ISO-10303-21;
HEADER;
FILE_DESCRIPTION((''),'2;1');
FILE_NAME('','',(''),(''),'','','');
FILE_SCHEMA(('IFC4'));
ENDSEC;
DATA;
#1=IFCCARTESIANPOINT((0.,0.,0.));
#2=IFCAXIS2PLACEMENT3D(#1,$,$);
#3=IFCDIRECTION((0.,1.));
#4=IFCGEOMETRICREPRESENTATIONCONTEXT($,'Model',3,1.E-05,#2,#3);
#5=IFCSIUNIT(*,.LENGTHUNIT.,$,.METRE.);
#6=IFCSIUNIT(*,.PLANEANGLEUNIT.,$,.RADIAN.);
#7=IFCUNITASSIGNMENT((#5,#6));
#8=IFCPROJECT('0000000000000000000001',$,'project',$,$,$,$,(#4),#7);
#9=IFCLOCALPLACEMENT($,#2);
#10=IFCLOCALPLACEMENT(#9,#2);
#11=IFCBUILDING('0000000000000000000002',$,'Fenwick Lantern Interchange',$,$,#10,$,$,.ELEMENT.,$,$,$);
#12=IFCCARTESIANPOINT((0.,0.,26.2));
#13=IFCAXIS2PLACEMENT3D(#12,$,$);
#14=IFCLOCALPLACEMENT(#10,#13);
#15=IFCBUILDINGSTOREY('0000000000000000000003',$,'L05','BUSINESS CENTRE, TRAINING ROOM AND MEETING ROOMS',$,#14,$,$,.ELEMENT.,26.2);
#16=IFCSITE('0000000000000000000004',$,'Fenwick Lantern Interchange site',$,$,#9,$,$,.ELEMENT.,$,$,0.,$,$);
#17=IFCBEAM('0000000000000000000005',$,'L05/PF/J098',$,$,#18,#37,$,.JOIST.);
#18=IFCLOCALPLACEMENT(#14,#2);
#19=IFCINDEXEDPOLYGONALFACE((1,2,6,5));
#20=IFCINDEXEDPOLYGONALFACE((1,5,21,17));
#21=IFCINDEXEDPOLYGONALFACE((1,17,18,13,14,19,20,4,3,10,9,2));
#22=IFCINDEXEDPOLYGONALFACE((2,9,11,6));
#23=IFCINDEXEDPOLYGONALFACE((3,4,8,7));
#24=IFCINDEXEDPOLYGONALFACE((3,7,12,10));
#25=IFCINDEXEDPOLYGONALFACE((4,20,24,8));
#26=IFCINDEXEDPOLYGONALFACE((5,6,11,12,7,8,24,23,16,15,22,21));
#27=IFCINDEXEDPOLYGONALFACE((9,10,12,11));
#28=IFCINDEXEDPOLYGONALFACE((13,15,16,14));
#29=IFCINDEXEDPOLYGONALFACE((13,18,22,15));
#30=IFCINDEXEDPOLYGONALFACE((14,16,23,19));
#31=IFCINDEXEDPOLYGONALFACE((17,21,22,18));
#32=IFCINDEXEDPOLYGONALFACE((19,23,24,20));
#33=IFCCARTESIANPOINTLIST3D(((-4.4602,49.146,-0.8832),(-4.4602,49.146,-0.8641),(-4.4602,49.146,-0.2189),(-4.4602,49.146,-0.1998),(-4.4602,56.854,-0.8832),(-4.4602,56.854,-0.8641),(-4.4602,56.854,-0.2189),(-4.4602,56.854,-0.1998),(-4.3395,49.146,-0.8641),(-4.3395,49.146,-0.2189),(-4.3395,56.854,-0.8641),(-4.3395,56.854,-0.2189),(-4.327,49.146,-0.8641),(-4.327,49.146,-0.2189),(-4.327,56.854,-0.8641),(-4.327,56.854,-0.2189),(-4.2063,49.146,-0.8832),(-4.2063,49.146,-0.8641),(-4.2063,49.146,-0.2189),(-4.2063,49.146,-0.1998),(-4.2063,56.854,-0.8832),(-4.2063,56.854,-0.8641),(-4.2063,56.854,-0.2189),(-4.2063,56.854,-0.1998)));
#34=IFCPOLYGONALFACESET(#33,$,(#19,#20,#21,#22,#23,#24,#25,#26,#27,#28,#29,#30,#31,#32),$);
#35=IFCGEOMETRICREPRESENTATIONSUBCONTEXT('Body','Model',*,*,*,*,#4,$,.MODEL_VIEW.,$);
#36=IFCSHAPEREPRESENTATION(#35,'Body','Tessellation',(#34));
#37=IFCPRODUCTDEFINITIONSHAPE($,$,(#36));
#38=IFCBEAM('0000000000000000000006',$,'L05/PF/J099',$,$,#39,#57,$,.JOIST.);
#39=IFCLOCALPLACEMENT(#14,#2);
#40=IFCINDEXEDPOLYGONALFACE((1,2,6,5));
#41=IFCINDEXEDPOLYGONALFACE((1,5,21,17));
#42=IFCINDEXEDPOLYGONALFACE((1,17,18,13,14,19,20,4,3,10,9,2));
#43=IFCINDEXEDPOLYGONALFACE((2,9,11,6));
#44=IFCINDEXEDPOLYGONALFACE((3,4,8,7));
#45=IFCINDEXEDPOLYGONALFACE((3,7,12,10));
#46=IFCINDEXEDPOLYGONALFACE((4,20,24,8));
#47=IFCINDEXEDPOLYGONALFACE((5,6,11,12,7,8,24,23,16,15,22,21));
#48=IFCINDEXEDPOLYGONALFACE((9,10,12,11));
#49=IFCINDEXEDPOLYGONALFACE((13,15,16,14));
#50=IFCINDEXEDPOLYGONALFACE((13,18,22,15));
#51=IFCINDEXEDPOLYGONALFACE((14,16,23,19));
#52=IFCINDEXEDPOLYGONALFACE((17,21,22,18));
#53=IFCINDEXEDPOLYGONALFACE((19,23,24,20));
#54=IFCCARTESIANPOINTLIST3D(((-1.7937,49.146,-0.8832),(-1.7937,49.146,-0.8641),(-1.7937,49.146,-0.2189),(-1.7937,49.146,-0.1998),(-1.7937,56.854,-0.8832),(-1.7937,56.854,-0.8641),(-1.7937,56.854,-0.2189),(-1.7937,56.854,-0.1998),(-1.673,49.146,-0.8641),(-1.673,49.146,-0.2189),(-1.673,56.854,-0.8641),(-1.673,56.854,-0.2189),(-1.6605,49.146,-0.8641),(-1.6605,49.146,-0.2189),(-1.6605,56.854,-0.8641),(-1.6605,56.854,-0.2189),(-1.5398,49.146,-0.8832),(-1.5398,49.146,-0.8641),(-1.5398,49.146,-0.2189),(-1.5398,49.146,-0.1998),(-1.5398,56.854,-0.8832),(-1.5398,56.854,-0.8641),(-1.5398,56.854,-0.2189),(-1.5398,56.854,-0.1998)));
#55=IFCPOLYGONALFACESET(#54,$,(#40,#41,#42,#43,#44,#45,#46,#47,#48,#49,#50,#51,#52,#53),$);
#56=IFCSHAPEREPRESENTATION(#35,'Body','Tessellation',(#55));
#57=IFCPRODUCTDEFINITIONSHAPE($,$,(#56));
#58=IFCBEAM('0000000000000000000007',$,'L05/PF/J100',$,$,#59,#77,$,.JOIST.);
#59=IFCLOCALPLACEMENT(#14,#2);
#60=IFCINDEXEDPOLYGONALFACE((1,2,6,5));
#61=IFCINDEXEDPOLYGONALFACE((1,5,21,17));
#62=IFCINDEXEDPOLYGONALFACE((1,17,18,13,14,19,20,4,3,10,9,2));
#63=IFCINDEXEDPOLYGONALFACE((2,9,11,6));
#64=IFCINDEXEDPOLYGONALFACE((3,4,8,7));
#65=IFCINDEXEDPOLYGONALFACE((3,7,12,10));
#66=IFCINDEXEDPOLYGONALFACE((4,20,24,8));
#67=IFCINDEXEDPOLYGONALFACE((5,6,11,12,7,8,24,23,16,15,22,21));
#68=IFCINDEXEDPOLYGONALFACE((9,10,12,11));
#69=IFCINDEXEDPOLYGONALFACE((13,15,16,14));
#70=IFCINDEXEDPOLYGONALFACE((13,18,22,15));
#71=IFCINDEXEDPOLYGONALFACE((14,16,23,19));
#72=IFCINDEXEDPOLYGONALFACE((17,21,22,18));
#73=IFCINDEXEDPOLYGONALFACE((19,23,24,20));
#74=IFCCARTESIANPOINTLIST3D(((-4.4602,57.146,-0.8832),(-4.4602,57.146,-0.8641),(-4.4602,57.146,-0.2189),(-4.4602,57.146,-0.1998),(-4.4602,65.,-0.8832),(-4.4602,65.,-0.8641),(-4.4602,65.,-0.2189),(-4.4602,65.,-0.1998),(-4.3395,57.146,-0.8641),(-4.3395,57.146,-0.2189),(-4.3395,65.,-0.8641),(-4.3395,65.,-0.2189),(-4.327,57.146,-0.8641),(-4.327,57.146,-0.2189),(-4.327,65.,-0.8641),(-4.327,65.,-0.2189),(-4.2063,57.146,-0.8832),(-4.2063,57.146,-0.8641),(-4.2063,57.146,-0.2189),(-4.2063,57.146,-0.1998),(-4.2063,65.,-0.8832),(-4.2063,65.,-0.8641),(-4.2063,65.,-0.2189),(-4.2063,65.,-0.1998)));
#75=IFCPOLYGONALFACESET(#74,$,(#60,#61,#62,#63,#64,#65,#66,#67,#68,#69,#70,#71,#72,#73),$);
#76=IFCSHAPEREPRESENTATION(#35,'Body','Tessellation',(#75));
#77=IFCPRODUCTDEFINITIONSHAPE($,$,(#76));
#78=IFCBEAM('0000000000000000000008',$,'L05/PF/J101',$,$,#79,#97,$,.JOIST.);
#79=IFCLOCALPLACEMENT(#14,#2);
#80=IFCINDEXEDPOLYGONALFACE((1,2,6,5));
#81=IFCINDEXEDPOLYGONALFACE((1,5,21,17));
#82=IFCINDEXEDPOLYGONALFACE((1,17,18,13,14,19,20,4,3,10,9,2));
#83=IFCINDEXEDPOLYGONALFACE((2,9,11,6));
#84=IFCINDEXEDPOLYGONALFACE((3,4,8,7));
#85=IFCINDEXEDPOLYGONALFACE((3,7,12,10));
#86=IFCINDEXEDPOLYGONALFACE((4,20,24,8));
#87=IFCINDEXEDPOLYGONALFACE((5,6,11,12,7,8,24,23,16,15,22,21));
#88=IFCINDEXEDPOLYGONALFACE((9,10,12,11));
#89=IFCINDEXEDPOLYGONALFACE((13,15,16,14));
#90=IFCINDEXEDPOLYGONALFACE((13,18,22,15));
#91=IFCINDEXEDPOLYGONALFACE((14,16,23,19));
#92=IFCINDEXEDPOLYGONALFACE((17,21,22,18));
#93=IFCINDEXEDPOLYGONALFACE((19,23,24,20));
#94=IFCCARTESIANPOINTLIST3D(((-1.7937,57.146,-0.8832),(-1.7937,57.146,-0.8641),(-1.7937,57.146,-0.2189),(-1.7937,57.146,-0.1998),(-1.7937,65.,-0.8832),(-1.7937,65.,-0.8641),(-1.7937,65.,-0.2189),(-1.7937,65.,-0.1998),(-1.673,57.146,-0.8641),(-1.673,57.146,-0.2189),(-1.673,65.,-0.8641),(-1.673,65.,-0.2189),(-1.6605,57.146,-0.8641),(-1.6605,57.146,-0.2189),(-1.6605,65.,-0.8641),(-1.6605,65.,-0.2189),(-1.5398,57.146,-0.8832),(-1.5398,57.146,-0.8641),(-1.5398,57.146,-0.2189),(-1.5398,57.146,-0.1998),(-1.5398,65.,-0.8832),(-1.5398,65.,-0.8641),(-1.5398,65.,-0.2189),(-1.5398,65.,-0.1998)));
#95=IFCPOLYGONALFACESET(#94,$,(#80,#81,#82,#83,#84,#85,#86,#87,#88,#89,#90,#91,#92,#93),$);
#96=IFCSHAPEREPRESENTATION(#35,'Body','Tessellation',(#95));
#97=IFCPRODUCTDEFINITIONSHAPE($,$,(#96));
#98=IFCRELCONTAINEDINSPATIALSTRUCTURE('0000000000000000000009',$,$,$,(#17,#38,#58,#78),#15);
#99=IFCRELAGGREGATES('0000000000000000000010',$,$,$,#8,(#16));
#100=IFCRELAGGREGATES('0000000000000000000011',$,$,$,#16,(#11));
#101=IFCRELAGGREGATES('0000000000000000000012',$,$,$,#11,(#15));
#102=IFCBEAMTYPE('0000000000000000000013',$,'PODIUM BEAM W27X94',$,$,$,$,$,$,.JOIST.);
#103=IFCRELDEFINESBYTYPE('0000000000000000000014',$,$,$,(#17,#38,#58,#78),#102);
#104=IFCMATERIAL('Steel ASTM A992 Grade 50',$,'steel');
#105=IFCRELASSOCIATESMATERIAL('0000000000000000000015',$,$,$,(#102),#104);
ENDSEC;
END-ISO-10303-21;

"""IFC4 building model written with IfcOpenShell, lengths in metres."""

from ifc_helpers import new_model, si_unit, direction, frame, origin, origin_2d, place, context, subcontext, project, spatial, i_section, extrude, material, material_profile, profile_set, type_object, element, save


model = new_model("IFC4")

# Units and contexts
model_context = context("Model", 3, precision=1e-05, world=origin(), true_north=direction((0.0, 1.0)))
body_context = subcontext(model_context, "Body", "Model", "MODEL_VIEW")
ifc_project = project(units=[si_unit("LENGTHUNIT", "METRE"), si_unit("PLANEANGLEUNIT", "RADIAN")], contexts=[model_context])

# Site, building, storey
site_placement = place(None, origin())
site = spatial("IfcSite", under=ifc_project, at=site_placement, Name="Fenwick Lantern Interchange site", CompositionType="ELEMENT", RefElevation=0.0)
building_placement = place(site_placement, origin())
building = spatial("IfcBuilding", under=site, at=building_placement, Name="Fenwick Lantern Interchange", CompositionType="ELEMENT")
storey_placement = place(building_placement, frame((0.0, 0.0, 26.2)))
storey = spatial("IfcBuildingStorey", under=building, at=storey_placement, Name="L05", Description="BUSINESS CENTRE, TRAINING ROOM AND MEETING ROOMS", CompositionType="ELEMENT", Elevation=26.2)

# Shared definitions
ifc_material_1 = material(Name="Steel ASTM A992 Grade 50", Category="steel")

# Beams
ifc_material_profile_1 = material_profile(ifc_material_1, i_section(OverallWidth=0.2539, OverallDepth=0.6833, WebThickness=0.0125, FlangeThickness=0.019, at=origin_2d()), Name="W27X94")
ifc_profile_set_1 = profile_set([ifc_material_profile_1], Name="Steel ASTM A992 Grade 50")
beam_type_1 = type_object("IfcBeamType", Name="PODIUM BEAM W27X94", PredefinedType="JOIST", material=ifc_profile_set_1)
for number, where, z_axis, x_axis, name in (
    (1, (-4.3333, 49.146, -0.5415), (0.0, 1.0, 0.0), (-1.0, 0.0, 0.0), "L05/PF/J098"),
    (2, (-1.6667, 49.146, -0.5415), (0.0, 1.0, 0.0), (-1.0, 0.0, 0.0), "L05/PF/J099"),
):
    element("IfcBeam", number, at=place(storey_placement, frame(where, z_axis=z_axis, x_axis=x_axis)), inside=storey, type_object=beam_type_1, Name=name, PredefinedType="JOIST", context=body_context, shape_type="SweptSolid", body=[
        extrude(i_section(OverallWidth=0.2539, OverallDepth=0.6833, WebThickness=0.0125, FlangeThickness=0.019, at=origin_2d()), origin(), (0.0, 0.0, 1.0), 7.708),
    ])
for number, where, z_axis, x_axis, name in (
    (3, (-4.3333, 57.146, -0.5415), (0.0, 1.0, 0.0), (-1.0, 0.0, 0.0), "L05/PF/J100"),
    (4, (-1.6667, 57.146, -0.5415), (0.0, 1.0, 0.0), (-1.0, 0.0, 0.0), "L05/PF/J101"),
):
    element("IfcBeam", number, at=place(storey_placement, frame(where, z_axis=z_axis, x_axis=x_axis)), inside=storey, type_object=beam_type_1, Name=name, PredefinedType="JOIST", context=body_context, shape_type="SweptSolid", body=[
        extrude(i_section(OverallWidth=0.2539, OverallDepth=0.6833, WebThickness=0.0125, FlangeThickness=0.019, at=origin_2d()), origin(), (0.0, 0.0, 1.0), 7.854),
    ])

save(model, "model.ifc")
